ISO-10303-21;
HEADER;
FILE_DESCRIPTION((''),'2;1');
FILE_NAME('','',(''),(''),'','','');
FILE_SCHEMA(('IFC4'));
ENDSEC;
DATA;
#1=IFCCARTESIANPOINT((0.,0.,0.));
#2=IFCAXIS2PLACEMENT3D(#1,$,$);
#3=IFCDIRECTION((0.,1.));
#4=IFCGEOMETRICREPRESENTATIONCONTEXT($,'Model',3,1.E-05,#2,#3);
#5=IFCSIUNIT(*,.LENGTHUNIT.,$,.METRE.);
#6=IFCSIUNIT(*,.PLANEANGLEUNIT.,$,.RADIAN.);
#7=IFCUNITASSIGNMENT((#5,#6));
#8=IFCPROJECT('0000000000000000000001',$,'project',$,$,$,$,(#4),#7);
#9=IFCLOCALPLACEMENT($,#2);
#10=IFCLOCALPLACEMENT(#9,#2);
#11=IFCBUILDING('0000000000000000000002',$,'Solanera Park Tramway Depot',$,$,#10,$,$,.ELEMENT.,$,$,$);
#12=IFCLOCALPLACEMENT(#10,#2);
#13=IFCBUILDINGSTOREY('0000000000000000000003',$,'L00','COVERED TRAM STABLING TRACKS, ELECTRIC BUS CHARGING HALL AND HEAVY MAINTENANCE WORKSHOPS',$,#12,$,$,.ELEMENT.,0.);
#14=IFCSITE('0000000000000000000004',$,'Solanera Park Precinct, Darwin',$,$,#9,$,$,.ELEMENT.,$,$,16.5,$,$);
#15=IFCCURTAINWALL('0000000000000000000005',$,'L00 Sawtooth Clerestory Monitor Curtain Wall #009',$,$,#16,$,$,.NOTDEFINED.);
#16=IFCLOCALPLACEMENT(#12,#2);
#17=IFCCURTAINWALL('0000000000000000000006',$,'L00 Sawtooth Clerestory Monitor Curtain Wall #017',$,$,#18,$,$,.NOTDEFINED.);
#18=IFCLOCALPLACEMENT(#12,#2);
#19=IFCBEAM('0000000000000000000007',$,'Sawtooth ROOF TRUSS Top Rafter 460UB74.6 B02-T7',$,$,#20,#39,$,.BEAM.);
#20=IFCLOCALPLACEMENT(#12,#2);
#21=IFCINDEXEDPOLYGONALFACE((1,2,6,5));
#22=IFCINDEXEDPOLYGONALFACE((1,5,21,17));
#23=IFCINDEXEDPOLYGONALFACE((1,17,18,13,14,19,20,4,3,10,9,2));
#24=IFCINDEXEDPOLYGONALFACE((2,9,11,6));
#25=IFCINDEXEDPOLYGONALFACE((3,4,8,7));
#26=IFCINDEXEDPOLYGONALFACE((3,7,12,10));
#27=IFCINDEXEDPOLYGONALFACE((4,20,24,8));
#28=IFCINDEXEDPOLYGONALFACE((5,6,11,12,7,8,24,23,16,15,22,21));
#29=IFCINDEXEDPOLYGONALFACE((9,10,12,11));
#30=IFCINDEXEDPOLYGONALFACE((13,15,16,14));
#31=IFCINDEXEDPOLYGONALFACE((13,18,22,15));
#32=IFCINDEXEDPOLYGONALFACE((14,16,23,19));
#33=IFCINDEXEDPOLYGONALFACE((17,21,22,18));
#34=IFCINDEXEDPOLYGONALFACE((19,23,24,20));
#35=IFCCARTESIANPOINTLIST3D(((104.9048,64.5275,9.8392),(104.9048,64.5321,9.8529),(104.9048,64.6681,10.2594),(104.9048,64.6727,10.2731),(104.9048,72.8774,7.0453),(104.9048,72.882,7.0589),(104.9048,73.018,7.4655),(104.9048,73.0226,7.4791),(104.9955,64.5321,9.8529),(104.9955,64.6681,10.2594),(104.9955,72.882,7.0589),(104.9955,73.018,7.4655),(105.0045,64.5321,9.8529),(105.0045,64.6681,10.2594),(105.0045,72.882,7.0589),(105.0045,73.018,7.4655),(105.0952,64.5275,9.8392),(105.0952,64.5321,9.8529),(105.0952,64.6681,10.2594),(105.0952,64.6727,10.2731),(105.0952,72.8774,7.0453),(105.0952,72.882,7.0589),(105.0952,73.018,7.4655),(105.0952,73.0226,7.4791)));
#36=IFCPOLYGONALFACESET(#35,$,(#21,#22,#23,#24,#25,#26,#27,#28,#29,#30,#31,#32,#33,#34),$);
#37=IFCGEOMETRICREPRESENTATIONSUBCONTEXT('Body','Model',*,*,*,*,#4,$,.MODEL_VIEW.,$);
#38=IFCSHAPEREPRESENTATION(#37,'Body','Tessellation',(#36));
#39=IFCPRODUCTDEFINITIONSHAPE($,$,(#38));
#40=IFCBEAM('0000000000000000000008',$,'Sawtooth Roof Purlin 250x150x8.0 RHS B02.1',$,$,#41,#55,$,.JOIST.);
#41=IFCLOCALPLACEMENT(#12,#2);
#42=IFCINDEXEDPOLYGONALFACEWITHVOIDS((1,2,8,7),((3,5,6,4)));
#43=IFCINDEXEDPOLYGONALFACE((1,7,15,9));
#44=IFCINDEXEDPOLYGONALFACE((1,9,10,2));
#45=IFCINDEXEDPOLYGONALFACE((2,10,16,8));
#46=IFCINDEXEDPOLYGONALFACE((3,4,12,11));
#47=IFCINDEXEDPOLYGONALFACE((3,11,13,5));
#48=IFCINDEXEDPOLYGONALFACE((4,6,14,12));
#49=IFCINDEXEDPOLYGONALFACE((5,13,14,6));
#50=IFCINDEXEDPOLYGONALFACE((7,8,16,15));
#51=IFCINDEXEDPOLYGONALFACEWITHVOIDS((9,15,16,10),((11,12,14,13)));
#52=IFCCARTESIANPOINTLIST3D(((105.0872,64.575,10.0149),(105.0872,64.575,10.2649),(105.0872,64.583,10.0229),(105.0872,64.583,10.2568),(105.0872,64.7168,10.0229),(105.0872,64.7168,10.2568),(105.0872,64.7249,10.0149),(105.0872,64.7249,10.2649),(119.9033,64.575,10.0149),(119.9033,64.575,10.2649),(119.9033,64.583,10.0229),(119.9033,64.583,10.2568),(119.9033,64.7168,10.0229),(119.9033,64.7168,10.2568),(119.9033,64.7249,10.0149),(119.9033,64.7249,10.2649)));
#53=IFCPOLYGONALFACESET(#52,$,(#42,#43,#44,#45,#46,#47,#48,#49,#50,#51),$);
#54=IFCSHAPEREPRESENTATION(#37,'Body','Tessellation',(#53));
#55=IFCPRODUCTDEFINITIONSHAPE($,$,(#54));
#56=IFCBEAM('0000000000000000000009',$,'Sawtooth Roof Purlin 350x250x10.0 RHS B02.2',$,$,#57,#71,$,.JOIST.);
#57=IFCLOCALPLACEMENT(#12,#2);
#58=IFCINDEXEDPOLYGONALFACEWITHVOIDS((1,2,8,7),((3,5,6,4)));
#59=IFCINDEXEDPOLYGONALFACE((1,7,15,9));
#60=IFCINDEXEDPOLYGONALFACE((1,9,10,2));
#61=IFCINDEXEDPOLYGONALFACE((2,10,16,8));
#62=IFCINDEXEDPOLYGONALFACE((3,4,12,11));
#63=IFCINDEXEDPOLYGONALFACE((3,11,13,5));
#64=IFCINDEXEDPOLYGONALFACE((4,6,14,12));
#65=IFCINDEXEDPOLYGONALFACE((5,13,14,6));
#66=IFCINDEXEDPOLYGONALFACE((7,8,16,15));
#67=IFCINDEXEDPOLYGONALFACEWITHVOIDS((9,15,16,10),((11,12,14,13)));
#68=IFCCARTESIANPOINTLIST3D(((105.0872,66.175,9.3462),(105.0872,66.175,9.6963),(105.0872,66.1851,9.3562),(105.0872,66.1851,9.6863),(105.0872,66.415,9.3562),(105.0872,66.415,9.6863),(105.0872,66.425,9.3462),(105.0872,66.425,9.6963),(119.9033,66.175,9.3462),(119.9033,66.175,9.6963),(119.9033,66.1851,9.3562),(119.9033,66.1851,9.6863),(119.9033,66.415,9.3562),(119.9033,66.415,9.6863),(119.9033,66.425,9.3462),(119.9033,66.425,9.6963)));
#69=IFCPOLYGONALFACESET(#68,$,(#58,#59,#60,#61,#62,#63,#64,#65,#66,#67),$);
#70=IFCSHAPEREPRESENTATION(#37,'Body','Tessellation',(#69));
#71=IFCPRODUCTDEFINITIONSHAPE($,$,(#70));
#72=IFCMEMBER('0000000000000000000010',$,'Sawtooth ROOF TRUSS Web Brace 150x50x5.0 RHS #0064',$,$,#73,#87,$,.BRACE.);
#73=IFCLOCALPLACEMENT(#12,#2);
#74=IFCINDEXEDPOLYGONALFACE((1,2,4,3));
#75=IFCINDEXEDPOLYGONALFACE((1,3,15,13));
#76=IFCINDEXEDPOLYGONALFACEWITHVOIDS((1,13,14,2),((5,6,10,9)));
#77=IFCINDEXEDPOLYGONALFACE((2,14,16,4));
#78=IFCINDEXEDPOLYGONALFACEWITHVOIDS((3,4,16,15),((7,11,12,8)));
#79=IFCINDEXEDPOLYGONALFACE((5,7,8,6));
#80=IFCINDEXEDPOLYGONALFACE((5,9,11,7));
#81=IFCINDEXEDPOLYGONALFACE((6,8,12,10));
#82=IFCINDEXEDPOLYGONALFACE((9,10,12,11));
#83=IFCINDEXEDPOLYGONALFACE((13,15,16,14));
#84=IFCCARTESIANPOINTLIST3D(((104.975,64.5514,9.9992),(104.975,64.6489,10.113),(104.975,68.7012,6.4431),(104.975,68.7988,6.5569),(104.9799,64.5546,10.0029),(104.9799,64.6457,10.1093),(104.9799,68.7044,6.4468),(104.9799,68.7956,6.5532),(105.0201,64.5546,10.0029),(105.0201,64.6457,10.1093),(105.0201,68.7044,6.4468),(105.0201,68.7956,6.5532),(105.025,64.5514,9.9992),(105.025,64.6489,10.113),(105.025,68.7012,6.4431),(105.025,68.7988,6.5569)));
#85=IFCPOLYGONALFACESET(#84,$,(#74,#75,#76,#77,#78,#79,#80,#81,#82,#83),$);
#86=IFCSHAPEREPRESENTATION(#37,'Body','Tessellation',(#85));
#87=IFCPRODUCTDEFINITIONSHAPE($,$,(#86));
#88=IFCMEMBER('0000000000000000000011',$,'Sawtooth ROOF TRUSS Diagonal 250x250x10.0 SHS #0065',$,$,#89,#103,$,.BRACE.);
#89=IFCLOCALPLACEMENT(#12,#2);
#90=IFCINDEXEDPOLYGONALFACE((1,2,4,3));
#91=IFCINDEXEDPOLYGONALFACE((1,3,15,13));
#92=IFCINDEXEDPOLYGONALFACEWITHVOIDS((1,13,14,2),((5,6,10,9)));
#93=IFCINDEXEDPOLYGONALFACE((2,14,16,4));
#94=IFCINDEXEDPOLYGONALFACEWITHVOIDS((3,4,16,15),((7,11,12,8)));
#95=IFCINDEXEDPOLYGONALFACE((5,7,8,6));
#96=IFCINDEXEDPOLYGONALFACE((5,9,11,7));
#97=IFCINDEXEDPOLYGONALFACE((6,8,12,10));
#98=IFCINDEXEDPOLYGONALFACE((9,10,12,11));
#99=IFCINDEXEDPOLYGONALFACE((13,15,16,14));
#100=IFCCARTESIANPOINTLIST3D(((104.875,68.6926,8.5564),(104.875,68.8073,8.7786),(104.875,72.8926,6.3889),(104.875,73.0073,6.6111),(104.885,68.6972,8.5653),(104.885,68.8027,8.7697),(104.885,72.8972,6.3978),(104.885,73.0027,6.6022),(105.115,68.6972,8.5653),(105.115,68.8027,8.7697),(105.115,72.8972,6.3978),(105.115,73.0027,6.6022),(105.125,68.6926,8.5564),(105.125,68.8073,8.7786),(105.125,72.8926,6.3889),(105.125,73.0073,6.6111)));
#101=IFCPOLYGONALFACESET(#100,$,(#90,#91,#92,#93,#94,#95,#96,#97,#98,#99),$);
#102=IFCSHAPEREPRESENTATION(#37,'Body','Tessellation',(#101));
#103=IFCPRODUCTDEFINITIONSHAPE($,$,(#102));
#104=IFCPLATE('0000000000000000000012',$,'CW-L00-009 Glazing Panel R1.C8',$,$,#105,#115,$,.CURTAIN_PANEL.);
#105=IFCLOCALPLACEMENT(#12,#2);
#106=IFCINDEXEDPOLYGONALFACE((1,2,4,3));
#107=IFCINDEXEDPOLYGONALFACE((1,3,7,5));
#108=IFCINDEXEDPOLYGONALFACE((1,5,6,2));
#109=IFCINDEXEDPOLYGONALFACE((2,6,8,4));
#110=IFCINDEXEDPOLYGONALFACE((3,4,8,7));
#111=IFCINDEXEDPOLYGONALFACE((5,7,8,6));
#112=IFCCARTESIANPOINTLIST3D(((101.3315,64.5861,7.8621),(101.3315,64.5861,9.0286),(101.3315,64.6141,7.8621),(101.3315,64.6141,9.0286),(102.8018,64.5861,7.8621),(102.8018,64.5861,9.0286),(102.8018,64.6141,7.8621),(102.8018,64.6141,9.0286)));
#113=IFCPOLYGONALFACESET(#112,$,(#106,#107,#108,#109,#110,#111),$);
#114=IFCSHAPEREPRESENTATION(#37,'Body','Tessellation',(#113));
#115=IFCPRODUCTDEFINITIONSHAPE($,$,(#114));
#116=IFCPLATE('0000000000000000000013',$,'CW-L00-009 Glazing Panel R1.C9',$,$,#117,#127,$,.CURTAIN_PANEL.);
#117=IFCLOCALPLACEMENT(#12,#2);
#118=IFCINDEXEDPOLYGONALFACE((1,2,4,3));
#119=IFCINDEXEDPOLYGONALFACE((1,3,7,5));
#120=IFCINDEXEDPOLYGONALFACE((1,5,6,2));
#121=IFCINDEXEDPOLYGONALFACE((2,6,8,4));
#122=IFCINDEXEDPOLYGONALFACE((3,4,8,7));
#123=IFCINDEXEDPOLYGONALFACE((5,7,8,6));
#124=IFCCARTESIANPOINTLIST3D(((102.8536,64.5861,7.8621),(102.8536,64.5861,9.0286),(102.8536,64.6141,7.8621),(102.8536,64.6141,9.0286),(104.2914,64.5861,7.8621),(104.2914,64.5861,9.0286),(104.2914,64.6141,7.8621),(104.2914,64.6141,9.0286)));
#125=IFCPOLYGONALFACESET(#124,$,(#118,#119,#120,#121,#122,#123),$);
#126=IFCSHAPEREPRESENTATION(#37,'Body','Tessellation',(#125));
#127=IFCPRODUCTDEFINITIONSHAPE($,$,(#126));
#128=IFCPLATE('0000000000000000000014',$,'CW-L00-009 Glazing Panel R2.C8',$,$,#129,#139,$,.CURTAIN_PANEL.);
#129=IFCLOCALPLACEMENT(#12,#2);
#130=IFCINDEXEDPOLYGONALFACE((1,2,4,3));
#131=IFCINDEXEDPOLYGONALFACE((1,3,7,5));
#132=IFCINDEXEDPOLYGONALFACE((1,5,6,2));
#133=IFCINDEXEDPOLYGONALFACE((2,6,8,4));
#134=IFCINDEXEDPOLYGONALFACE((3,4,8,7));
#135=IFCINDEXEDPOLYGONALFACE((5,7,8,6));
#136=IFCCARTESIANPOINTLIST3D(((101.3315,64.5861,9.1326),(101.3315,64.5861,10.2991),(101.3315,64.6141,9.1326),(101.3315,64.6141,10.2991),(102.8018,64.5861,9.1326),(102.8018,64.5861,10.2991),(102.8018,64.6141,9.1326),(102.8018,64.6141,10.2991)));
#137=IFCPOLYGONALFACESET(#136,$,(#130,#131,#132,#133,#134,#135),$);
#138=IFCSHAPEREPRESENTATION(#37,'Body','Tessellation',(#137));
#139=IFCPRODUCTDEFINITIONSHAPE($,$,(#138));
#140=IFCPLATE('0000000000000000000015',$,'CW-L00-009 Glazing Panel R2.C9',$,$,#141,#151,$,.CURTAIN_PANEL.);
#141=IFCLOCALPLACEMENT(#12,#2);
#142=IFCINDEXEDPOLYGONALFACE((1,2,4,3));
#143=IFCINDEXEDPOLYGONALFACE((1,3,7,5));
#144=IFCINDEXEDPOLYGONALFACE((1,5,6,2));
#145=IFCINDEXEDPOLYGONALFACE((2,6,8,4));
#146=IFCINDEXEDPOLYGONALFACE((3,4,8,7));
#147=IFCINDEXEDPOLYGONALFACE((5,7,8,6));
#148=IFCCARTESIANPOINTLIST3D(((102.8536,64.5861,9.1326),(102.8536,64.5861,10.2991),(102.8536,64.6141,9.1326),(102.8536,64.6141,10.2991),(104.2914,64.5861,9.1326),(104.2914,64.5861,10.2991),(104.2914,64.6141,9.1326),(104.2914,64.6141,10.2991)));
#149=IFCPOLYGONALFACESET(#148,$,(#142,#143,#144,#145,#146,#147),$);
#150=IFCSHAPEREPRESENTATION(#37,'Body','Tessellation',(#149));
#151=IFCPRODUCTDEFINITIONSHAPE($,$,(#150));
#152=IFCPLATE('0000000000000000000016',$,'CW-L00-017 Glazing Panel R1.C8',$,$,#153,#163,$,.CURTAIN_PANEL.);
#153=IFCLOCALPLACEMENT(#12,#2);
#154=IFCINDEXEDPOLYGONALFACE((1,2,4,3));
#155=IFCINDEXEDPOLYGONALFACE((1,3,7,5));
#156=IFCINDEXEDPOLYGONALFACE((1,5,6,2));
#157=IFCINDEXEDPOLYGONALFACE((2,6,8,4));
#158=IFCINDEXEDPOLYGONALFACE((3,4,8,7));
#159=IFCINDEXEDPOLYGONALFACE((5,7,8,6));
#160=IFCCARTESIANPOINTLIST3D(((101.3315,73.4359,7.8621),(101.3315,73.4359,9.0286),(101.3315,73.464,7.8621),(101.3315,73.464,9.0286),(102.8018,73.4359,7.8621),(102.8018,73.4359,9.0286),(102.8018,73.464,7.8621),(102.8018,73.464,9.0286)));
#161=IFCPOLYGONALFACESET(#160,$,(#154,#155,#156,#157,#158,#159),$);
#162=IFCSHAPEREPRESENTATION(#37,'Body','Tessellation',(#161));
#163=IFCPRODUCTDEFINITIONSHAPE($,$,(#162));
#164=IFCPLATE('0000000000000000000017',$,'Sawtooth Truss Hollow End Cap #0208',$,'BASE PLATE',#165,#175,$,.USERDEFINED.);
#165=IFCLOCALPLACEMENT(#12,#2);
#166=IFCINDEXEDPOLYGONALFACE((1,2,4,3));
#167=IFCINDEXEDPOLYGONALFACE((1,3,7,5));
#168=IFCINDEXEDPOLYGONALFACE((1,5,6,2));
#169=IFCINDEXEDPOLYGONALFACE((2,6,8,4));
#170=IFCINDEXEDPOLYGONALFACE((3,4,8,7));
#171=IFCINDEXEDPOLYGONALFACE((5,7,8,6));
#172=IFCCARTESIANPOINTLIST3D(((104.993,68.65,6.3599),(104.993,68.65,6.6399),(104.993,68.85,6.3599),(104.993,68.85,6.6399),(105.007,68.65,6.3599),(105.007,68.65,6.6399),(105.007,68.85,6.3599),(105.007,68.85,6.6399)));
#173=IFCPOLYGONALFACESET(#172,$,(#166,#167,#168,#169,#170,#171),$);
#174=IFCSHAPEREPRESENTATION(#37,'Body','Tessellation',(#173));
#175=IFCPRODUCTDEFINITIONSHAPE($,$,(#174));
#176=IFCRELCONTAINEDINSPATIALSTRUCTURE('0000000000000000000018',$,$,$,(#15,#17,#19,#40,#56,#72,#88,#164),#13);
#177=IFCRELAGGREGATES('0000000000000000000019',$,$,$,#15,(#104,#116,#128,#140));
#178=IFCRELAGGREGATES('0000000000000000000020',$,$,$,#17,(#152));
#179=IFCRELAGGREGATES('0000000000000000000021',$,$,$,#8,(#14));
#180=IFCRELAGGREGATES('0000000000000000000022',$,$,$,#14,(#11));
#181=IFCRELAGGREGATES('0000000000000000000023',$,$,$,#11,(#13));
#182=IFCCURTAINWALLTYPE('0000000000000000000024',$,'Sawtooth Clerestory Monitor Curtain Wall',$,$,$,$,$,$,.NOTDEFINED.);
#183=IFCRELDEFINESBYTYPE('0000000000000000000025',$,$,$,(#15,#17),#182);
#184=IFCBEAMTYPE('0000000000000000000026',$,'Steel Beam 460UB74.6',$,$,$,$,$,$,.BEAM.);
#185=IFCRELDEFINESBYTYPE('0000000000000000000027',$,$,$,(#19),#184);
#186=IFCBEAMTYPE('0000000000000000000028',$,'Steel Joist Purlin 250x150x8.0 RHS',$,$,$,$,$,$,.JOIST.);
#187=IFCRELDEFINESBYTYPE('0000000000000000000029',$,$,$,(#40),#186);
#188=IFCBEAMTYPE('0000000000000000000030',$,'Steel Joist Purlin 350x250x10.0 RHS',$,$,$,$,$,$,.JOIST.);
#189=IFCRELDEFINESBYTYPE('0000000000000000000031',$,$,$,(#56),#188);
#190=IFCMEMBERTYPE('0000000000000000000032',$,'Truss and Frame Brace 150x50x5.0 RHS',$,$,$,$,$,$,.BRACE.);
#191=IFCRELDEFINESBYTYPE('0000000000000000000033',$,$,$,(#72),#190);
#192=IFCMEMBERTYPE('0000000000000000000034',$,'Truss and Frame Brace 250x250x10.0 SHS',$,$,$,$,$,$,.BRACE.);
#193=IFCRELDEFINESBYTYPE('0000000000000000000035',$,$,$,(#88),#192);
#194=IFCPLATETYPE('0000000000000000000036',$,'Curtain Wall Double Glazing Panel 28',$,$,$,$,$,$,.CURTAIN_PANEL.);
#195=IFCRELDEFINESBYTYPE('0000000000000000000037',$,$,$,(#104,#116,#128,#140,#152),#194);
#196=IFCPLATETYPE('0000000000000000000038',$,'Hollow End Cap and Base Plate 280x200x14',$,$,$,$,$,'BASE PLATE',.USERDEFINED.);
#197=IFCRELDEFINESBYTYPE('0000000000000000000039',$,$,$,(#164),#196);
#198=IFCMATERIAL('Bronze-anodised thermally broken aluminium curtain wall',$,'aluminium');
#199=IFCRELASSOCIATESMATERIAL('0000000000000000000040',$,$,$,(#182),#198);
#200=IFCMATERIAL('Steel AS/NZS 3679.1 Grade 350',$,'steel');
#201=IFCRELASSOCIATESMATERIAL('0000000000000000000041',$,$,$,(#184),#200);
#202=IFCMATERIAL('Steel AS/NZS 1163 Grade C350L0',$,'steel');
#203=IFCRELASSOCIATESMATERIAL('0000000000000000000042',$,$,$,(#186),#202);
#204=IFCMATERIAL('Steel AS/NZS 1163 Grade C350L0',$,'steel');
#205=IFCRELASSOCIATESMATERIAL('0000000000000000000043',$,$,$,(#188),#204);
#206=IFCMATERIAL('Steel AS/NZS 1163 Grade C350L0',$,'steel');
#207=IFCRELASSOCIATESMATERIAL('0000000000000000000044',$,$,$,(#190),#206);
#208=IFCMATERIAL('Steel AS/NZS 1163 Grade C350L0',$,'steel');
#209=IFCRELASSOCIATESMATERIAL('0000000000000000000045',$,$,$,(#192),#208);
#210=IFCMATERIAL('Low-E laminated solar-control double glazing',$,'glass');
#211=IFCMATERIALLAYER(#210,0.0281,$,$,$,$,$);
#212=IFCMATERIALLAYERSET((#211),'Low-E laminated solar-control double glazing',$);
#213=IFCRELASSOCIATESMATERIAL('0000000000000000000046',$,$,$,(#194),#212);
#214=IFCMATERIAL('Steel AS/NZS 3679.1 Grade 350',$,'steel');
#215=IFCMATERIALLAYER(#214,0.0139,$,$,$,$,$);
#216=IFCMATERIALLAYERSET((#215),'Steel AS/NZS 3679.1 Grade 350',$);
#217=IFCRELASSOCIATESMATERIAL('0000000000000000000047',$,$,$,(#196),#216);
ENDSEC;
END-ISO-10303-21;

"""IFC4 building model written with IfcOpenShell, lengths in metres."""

from ifc_helpers import new_model, si_unit, direction, frame, origin, origin_2d, place, context, subcontext, project, spatial, rectangle, hollow_rectangle, i_section, extrude, material, layer, layer_set, material_profile, profile_set, type_object, element, aggregate, save


model = new_model("IFC4")

# Units and contexts
model_context = context("Model", 3, precision=1e-05, world=origin(), true_north=direction((0.0, 1.0)))
body_context = subcontext(model_context, "Body", "Model", "MODEL_VIEW")
ifc_project = project(units=[si_unit("LENGTHUNIT", "METRE"), si_unit("PLANEANGLEUNIT", "RADIAN")], contexts=[model_context])

# Site, building, storey
site_placement = place(None, origin())
site = spatial("IfcSite", under=ifc_project, at=site_placement, Name="Solanera Park Precinct, Darwin", CompositionType="ELEMENT", RefElevation=16.5)
building_placement = place(site_placement, origin())
building = spatial("IfcBuilding", under=site, at=building_placement, Name="Solanera Park Tramway Depot", CompositionType="ELEMENT")
storey_placement = place(building_placement, origin())
storey = spatial("IfcBuildingStorey", under=building, at=storey_placement, Name="L00", Description="COVERED TRAM STABLING TRACKS, ELECTRIC BUS CHARGING HALL AND HEAVY MAINTENANCE WORKSHOPS", CompositionType="ELEMENT", Elevation=0.0)

# Curtain walls
ifc_material_1 = material(Name="Bronze-anodised thermally broken aluminium curtain wall", Category="aluminium")
curtain_wall_type = type_object("IfcCurtainWallType", Name="Sawtooth Clerestory Monitor Curtain Wall", PredefinedType="NOTDEFINED", material=ifc_material_1)
curtain_wall_1_placement = place(storey_placement, origin())
curtain_wall_1 = element("IfcCurtainWall", 1, at=curtain_wall_1_placement, inside=storey, type_object=curtain_wall_type, Name="L00 Sawtooth Clerestory Monitor Curtain Wall #009", PredefinedType="NOTDEFINED")
curtain_wall_2_placement = place(storey_placement, origin())
curtain_wall_2 = element("IfcCurtainWall", 2, at=curtain_wall_2_placement, inside=storey, type_object=curtain_wall_type, Name="L00 Sawtooth Clerestory Monitor Curtain Wall #017", PredefinedType="NOTDEFINED")

# Beams
ifc_material_2 = material(Name="Steel AS/NZS 3679.1 Grade 350", Category="steel")
ifc_material_profile_1 = material_profile(ifc_material_2, i_section(OverallWidth=0.1904, OverallDepth=0.4575, WebThickness=0.009, FlangeThickness=0.0144, at=origin_2d()), Name="460UB74.6")
ifc_profile_set_1 = profile_set([ifc_material_profile_1], Name="Steel AS/NZS 3679.1 Grade 350")
beam_type_1 = type_object("IfcBeamType", Name="Steel Beam 460UB74.6", PredefinedType="BEAM", material=ifc_profile_set_1)
beam_1_placement = place(storey_placement, frame((105.0, 64.6001, 10.0562), z_axis=(0.0, 0.948319, -0.317317), x_axis=(-1.0, 0.0, 0.0)))
element("IfcBeam", 3, at=beam_1_placement, inside=storey, type_object=beam_type_1, Name="Sawtooth ROOF TRUSS Top Rafter 460UB74.6 B02-T7", PredefinedType="BEAM", context=body_context, shape_type="SweptSolid", body=[
    extrude(i_section(OverallWidth=0.1904, OverallDepth=0.4575, WebThickness=0.009, FlangeThickness=0.0144, at=origin_2d()), origin(), (0.0, 0.0, 1.0), 8.8049),
])
ifc_material_3 = material(Name="Steel AS/NZS 1163 Grade C350L0", Category="steel")
ifc_material_profile_2 = material_profile(ifc_material_3, hollow_rectangle(XDim=0.1499, YDim=0.25, WallThickness=0.0081, at=origin_2d()), Name="250x150x8.0 RHS")
ifc_profile_set_2 = profile_set([ifc_material_profile_2], Name="Steel AS/NZS 1163 Grade C350L0")
beam_type_2 = type_object("IfcBeamType", Name="Steel Joist Purlin 250x150x8.0 RHS", PredefinedType="JOIST", material=ifc_profile_set_2)
beam_2_placement = place(storey_placement, frame((105.0872, 64.6499, 10.1399), z_axis=(1.0, 0.0, 0.0), x_axis=(0.0, 1.0, 0.0)))
element("IfcBeam", 4, at=beam_2_placement, inside=storey, type_object=beam_type_2, Name="Sawtooth Roof Purlin 250x150x8.0 RHS B02.1", PredefinedType="JOIST", context=body_context, shape_type="SweptSolid", body=[
    extrude(hollow_rectangle(XDim=0.1499, YDim=0.25, WallThickness=0.0081, at=origin_2d()), origin(), (0.0, 0.0, 1.0), 14.8162),
])
ifc_material_4 = material(Name="Steel AS/NZS 1163 Grade C350L0", Category="steel")
ifc_material_profile_3 = material_profile(ifc_material_4, hollow_rectangle(XDim=0.25, YDim=0.3501, WallThickness=0.01, at=origin_2d()), Name="350x250x10.0 RHS")
ifc_profile_set_3 = profile_set([ifc_material_profile_3], Name="Steel AS/NZS 1163 Grade C350L0")
beam_type_3 = type_object("IfcBeamType", Name="Steel Joist Purlin 350x250x10.0 RHS", PredefinedType="JOIST", material=ifc_profile_set_3)
beam_3_placement = place(storey_placement, frame((105.0872, 66.3, 9.5212), z_axis=(1.0, 0.0, 0.0), x_axis=(0.0, 1.0, 0.0)))
element("IfcBeam", 5, at=beam_3_placement, inside=storey, type_object=beam_type_3, Name="Sawtooth Roof Purlin 350x250x10.0 RHS B02.2", PredefinedType="JOIST", context=body_context, shape_type="SweptSolid", body=[
    extrude(hollow_rectangle(XDim=0.25, YDim=0.3501, WallThickness=0.01, at=origin_2d()), origin(), (0.0, 0.0, 1.0), 14.8162),
])

# Members
ifc_material_5 = material(Name="Steel AS/NZS 1163 Grade C350L0", Category="steel")
ifc_material_profile_4 = material_profile(ifc_material_5, hollow_rectangle(XDim=0.05, YDim=0.1499, WallThickness=0.0049, at=origin_2d()), Name="150x50x5.0 RHS")
ifc_profile_set_4 = profile_set([ifc_material_profile_4], Name="Steel AS/NZS 1163 Grade C350L0")
member_type_1 = type_object("IfcMemberType", Name="Truss and Frame Brace 150x50x5.0 RHS", PredefinedType="BRACE", material=ifc_profile_set_4)
member_1_placement = place(storey_placement, frame((105.0, 68.75, 6.5), z_axis=(0.0, -0.759339, 0.650696), x_axis=(1.0, 0.0, 0.0)))
element("IfcMember", 6, at=member_1_placement, inside=storey, type_object=member_type_1, Name="Sawtooth ROOF TRUSS Web Brace 150x50x5.0 RHS #0064", PredefinedType="BRACE", context=body_context, shape_type="SweptSolid", body=[
    extrude(hollow_rectangle(XDim=0.05, YDim=0.1499, WallThickness=0.0049, at=origin_2d()), origin(), (0.0, 0.0, 1.0), 5.4651),
])
ifc_material_6 = material(Name="Steel AS/NZS 1163 Grade C350L0", Category="steel")
ifc_material_profile_5 = material_profile(ifc_material_6, hollow_rectangle(XDim=0.25, YDim=0.25, WallThickness=0.01, at=origin_2d()), Name="250x250x10.0 SHS")
ifc_profile_set_5 = profile_set([ifc_material_profile_5], Name="Steel AS/NZS 1163 Grade C350L0")
member_type_2 = type_object("IfcMemberType", Name="Truss and Frame Brace 250x250x10.0 SHS", PredefinedType="BRACE", material=ifc_profile_set_5)
member_2_placement = place(storey_placement, frame((105.0, 72.95, 6.5), z_axis=(0.0, -0.888641, 0.458603), x_axis=(1.0, 0.0, 0.0)))
element("IfcMember", 7, at=member_2_placement, inside=storey, type_object=member_type_2, Name="Sawtooth ROOF TRUSS Diagonal 250x250x10.0 SHS #0065", PredefinedType="BRACE", context=body_context, shape_type="SweptSolid", body=[
    extrude(hollow_rectangle(XDim=0.25, YDim=0.25, WallThickness=0.01, at=origin_2d()), origin(), (0.0, 0.0, 1.0), 4.7263),
])

# Plates
ifc_material_7 = material(Name="Low-E laminated solar-control double glazing", Category="glass")
ifc_layer_1 = layer(ifc_material_7, 0.0281)
ifc_layer_set_1 = layer_set([ifc_layer_1], Name="Low-E laminated solar-control double glazing")
plate_type_1 = type_object("IfcPlateType", Name="Curtain Wall Double Glazing Panel 28", PredefinedType="CURTAIN_PANEL", material=ifc_layer_set_1)
plate_1_placement = place(storey_placement, frame((102.0667, 64.6001, 7.8621), z_axis=(0.0, 0.0, 1.0), x_axis=(1.0, 0.0, 0.0)))
plate_1 = element("IfcPlate", 8, at=plate_1_placement, type_object=plate_type_1, Name="CW-L00-009 Glazing Panel R1.C8", PredefinedType="CURTAIN_PANEL", context=body_context, shape_type="SweptSolid", body=[
    extrude(rectangle(XDim=1.4702, YDim=0.0281, at=origin_2d()), origin(), (0.0, 0.0, 1.0), 1.1665),
])
plate_2_placement = place(storey_placement, frame((103.5725, 64.6001, 7.8621), z_axis=(0.0, 0.0, 1.0), x_axis=(1.0, 0.0, 0.0)))
plate_2 = element("IfcPlate", 9, at=plate_2_placement, type_object=plate_type_1, Name="CW-L00-009 Glazing Panel R1.C9", PredefinedType="CURTAIN_PANEL", context=body_context, shape_type="SweptSolid", body=[
    extrude(rectangle(XDim=1.4377, YDim=0.0281, at=origin_2d()), origin(), (0.0, 0.0, 1.0), 1.1665),
])
plate_3_placement = place(storey_placement, frame((102.0667, 64.6001, 9.1326), z_axis=(0.0, 0.0, 1.0), x_axis=(1.0, 0.0, 0.0)))
plate_3 = element("IfcPlate", 10, at=plate_3_placement, type_object=plate_type_1, Name="CW-L00-009 Glazing Panel R2.C8", PredefinedType="CURTAIN_PANEL", context=body_context, shape_type="SweptSolid", body=[
    extrude(rectangle(XDim=1.4702, YDim=0.0281, at=origin_2d()), origin(), (0.0, 0.0, 1.0), 1.1665),
])
plate_4_placement = place(storey_placement, frame((103.5725, 64.6001, 9.1326), z_axis=(0.0, 0.0, 1.0), x_axis=(1.0, 0.0, 0.0)))
plate_4 = element("IfcPlate", 11, at=plate_4_placement, type_object=plate_type_1, Name="CW-L00-009 Glazing Panel R2.C9", PredefinedType="CURTAIN_PANEL", context=body_context, shape_type="SweptSolid", body=[
    extrude(rectangle(XDim=1.4377, YDim=0.0281, at=origin_2d()), origin(), (0.0, 0.0, 1.0), 1.1665),
])
aggregate(curtain_wall_1, [plate_1, plate_2, plate_3, plate_4])
plate_5_placement = place(storey_placement, frame((102.0667, 73.45, 7.8621), z_axis=(0.0, 0.0, 1.0), x_axis=(1.0, 0.0, 0.0)))
plate_5 = element("IfcPlate", 12, at=plate_5_placement, type_object=plate_type_1, Name="CW-L00-017 Glazing Panel R1.C8", PredefinedType="CURTAIN_PANEL", context=body_context, shape_type="SweptSolid", body=[
    extrude(rectangle(XDim=1.4702, YDim=0.0281, at=origin_2d()), origin(), (0.0, 0.0, 1.0), 1.1665),
])
aggregate(curtain_wall_2, [plate_5])

# Plate
ifc_material_8 = material(Name="Steel AS/NZS 3679.1 Grade 350", Category="steel")
ifc_layer_2 = layer(ifc_material_8, 0.0139)
ifc_layer_set_2 = layer_set([ifc_layer_2], Name="Steel AS/NZS 3679.1 Grade 350")
plate_type_2 = type_object("IfcPlateType", Name="Hollow End Cap and Base Plate 280x200x14", ElementType="BASE PLATE", PredefinedType="USERDEFINED", material=ifc_layer_set_2)
plate_6_placement = place(storey_placement, frame((105.0, 68.75, 6.3599), z_axis=(0.0, 0.0, 1.0), x_axis=(1.0, 0.0, 0.0)))
element("IfcPlate", 13, at=plate_6_placement, inside=storey, type_object=plate_type_2, Name="Sawtooth Truss Hollow End Cap #0208", ObjectType="BASE PLATE", PredefinedType="USERDEFINED", context=body_context, shape_type="SweptSolid", body=[
    extrude(rectangle(XDim=0.0139, YDim=0.2, at=origin_2d()), origin(), (0.0, 0.0, 1.0), 0.28),
])

save(model, "model.ifc")
